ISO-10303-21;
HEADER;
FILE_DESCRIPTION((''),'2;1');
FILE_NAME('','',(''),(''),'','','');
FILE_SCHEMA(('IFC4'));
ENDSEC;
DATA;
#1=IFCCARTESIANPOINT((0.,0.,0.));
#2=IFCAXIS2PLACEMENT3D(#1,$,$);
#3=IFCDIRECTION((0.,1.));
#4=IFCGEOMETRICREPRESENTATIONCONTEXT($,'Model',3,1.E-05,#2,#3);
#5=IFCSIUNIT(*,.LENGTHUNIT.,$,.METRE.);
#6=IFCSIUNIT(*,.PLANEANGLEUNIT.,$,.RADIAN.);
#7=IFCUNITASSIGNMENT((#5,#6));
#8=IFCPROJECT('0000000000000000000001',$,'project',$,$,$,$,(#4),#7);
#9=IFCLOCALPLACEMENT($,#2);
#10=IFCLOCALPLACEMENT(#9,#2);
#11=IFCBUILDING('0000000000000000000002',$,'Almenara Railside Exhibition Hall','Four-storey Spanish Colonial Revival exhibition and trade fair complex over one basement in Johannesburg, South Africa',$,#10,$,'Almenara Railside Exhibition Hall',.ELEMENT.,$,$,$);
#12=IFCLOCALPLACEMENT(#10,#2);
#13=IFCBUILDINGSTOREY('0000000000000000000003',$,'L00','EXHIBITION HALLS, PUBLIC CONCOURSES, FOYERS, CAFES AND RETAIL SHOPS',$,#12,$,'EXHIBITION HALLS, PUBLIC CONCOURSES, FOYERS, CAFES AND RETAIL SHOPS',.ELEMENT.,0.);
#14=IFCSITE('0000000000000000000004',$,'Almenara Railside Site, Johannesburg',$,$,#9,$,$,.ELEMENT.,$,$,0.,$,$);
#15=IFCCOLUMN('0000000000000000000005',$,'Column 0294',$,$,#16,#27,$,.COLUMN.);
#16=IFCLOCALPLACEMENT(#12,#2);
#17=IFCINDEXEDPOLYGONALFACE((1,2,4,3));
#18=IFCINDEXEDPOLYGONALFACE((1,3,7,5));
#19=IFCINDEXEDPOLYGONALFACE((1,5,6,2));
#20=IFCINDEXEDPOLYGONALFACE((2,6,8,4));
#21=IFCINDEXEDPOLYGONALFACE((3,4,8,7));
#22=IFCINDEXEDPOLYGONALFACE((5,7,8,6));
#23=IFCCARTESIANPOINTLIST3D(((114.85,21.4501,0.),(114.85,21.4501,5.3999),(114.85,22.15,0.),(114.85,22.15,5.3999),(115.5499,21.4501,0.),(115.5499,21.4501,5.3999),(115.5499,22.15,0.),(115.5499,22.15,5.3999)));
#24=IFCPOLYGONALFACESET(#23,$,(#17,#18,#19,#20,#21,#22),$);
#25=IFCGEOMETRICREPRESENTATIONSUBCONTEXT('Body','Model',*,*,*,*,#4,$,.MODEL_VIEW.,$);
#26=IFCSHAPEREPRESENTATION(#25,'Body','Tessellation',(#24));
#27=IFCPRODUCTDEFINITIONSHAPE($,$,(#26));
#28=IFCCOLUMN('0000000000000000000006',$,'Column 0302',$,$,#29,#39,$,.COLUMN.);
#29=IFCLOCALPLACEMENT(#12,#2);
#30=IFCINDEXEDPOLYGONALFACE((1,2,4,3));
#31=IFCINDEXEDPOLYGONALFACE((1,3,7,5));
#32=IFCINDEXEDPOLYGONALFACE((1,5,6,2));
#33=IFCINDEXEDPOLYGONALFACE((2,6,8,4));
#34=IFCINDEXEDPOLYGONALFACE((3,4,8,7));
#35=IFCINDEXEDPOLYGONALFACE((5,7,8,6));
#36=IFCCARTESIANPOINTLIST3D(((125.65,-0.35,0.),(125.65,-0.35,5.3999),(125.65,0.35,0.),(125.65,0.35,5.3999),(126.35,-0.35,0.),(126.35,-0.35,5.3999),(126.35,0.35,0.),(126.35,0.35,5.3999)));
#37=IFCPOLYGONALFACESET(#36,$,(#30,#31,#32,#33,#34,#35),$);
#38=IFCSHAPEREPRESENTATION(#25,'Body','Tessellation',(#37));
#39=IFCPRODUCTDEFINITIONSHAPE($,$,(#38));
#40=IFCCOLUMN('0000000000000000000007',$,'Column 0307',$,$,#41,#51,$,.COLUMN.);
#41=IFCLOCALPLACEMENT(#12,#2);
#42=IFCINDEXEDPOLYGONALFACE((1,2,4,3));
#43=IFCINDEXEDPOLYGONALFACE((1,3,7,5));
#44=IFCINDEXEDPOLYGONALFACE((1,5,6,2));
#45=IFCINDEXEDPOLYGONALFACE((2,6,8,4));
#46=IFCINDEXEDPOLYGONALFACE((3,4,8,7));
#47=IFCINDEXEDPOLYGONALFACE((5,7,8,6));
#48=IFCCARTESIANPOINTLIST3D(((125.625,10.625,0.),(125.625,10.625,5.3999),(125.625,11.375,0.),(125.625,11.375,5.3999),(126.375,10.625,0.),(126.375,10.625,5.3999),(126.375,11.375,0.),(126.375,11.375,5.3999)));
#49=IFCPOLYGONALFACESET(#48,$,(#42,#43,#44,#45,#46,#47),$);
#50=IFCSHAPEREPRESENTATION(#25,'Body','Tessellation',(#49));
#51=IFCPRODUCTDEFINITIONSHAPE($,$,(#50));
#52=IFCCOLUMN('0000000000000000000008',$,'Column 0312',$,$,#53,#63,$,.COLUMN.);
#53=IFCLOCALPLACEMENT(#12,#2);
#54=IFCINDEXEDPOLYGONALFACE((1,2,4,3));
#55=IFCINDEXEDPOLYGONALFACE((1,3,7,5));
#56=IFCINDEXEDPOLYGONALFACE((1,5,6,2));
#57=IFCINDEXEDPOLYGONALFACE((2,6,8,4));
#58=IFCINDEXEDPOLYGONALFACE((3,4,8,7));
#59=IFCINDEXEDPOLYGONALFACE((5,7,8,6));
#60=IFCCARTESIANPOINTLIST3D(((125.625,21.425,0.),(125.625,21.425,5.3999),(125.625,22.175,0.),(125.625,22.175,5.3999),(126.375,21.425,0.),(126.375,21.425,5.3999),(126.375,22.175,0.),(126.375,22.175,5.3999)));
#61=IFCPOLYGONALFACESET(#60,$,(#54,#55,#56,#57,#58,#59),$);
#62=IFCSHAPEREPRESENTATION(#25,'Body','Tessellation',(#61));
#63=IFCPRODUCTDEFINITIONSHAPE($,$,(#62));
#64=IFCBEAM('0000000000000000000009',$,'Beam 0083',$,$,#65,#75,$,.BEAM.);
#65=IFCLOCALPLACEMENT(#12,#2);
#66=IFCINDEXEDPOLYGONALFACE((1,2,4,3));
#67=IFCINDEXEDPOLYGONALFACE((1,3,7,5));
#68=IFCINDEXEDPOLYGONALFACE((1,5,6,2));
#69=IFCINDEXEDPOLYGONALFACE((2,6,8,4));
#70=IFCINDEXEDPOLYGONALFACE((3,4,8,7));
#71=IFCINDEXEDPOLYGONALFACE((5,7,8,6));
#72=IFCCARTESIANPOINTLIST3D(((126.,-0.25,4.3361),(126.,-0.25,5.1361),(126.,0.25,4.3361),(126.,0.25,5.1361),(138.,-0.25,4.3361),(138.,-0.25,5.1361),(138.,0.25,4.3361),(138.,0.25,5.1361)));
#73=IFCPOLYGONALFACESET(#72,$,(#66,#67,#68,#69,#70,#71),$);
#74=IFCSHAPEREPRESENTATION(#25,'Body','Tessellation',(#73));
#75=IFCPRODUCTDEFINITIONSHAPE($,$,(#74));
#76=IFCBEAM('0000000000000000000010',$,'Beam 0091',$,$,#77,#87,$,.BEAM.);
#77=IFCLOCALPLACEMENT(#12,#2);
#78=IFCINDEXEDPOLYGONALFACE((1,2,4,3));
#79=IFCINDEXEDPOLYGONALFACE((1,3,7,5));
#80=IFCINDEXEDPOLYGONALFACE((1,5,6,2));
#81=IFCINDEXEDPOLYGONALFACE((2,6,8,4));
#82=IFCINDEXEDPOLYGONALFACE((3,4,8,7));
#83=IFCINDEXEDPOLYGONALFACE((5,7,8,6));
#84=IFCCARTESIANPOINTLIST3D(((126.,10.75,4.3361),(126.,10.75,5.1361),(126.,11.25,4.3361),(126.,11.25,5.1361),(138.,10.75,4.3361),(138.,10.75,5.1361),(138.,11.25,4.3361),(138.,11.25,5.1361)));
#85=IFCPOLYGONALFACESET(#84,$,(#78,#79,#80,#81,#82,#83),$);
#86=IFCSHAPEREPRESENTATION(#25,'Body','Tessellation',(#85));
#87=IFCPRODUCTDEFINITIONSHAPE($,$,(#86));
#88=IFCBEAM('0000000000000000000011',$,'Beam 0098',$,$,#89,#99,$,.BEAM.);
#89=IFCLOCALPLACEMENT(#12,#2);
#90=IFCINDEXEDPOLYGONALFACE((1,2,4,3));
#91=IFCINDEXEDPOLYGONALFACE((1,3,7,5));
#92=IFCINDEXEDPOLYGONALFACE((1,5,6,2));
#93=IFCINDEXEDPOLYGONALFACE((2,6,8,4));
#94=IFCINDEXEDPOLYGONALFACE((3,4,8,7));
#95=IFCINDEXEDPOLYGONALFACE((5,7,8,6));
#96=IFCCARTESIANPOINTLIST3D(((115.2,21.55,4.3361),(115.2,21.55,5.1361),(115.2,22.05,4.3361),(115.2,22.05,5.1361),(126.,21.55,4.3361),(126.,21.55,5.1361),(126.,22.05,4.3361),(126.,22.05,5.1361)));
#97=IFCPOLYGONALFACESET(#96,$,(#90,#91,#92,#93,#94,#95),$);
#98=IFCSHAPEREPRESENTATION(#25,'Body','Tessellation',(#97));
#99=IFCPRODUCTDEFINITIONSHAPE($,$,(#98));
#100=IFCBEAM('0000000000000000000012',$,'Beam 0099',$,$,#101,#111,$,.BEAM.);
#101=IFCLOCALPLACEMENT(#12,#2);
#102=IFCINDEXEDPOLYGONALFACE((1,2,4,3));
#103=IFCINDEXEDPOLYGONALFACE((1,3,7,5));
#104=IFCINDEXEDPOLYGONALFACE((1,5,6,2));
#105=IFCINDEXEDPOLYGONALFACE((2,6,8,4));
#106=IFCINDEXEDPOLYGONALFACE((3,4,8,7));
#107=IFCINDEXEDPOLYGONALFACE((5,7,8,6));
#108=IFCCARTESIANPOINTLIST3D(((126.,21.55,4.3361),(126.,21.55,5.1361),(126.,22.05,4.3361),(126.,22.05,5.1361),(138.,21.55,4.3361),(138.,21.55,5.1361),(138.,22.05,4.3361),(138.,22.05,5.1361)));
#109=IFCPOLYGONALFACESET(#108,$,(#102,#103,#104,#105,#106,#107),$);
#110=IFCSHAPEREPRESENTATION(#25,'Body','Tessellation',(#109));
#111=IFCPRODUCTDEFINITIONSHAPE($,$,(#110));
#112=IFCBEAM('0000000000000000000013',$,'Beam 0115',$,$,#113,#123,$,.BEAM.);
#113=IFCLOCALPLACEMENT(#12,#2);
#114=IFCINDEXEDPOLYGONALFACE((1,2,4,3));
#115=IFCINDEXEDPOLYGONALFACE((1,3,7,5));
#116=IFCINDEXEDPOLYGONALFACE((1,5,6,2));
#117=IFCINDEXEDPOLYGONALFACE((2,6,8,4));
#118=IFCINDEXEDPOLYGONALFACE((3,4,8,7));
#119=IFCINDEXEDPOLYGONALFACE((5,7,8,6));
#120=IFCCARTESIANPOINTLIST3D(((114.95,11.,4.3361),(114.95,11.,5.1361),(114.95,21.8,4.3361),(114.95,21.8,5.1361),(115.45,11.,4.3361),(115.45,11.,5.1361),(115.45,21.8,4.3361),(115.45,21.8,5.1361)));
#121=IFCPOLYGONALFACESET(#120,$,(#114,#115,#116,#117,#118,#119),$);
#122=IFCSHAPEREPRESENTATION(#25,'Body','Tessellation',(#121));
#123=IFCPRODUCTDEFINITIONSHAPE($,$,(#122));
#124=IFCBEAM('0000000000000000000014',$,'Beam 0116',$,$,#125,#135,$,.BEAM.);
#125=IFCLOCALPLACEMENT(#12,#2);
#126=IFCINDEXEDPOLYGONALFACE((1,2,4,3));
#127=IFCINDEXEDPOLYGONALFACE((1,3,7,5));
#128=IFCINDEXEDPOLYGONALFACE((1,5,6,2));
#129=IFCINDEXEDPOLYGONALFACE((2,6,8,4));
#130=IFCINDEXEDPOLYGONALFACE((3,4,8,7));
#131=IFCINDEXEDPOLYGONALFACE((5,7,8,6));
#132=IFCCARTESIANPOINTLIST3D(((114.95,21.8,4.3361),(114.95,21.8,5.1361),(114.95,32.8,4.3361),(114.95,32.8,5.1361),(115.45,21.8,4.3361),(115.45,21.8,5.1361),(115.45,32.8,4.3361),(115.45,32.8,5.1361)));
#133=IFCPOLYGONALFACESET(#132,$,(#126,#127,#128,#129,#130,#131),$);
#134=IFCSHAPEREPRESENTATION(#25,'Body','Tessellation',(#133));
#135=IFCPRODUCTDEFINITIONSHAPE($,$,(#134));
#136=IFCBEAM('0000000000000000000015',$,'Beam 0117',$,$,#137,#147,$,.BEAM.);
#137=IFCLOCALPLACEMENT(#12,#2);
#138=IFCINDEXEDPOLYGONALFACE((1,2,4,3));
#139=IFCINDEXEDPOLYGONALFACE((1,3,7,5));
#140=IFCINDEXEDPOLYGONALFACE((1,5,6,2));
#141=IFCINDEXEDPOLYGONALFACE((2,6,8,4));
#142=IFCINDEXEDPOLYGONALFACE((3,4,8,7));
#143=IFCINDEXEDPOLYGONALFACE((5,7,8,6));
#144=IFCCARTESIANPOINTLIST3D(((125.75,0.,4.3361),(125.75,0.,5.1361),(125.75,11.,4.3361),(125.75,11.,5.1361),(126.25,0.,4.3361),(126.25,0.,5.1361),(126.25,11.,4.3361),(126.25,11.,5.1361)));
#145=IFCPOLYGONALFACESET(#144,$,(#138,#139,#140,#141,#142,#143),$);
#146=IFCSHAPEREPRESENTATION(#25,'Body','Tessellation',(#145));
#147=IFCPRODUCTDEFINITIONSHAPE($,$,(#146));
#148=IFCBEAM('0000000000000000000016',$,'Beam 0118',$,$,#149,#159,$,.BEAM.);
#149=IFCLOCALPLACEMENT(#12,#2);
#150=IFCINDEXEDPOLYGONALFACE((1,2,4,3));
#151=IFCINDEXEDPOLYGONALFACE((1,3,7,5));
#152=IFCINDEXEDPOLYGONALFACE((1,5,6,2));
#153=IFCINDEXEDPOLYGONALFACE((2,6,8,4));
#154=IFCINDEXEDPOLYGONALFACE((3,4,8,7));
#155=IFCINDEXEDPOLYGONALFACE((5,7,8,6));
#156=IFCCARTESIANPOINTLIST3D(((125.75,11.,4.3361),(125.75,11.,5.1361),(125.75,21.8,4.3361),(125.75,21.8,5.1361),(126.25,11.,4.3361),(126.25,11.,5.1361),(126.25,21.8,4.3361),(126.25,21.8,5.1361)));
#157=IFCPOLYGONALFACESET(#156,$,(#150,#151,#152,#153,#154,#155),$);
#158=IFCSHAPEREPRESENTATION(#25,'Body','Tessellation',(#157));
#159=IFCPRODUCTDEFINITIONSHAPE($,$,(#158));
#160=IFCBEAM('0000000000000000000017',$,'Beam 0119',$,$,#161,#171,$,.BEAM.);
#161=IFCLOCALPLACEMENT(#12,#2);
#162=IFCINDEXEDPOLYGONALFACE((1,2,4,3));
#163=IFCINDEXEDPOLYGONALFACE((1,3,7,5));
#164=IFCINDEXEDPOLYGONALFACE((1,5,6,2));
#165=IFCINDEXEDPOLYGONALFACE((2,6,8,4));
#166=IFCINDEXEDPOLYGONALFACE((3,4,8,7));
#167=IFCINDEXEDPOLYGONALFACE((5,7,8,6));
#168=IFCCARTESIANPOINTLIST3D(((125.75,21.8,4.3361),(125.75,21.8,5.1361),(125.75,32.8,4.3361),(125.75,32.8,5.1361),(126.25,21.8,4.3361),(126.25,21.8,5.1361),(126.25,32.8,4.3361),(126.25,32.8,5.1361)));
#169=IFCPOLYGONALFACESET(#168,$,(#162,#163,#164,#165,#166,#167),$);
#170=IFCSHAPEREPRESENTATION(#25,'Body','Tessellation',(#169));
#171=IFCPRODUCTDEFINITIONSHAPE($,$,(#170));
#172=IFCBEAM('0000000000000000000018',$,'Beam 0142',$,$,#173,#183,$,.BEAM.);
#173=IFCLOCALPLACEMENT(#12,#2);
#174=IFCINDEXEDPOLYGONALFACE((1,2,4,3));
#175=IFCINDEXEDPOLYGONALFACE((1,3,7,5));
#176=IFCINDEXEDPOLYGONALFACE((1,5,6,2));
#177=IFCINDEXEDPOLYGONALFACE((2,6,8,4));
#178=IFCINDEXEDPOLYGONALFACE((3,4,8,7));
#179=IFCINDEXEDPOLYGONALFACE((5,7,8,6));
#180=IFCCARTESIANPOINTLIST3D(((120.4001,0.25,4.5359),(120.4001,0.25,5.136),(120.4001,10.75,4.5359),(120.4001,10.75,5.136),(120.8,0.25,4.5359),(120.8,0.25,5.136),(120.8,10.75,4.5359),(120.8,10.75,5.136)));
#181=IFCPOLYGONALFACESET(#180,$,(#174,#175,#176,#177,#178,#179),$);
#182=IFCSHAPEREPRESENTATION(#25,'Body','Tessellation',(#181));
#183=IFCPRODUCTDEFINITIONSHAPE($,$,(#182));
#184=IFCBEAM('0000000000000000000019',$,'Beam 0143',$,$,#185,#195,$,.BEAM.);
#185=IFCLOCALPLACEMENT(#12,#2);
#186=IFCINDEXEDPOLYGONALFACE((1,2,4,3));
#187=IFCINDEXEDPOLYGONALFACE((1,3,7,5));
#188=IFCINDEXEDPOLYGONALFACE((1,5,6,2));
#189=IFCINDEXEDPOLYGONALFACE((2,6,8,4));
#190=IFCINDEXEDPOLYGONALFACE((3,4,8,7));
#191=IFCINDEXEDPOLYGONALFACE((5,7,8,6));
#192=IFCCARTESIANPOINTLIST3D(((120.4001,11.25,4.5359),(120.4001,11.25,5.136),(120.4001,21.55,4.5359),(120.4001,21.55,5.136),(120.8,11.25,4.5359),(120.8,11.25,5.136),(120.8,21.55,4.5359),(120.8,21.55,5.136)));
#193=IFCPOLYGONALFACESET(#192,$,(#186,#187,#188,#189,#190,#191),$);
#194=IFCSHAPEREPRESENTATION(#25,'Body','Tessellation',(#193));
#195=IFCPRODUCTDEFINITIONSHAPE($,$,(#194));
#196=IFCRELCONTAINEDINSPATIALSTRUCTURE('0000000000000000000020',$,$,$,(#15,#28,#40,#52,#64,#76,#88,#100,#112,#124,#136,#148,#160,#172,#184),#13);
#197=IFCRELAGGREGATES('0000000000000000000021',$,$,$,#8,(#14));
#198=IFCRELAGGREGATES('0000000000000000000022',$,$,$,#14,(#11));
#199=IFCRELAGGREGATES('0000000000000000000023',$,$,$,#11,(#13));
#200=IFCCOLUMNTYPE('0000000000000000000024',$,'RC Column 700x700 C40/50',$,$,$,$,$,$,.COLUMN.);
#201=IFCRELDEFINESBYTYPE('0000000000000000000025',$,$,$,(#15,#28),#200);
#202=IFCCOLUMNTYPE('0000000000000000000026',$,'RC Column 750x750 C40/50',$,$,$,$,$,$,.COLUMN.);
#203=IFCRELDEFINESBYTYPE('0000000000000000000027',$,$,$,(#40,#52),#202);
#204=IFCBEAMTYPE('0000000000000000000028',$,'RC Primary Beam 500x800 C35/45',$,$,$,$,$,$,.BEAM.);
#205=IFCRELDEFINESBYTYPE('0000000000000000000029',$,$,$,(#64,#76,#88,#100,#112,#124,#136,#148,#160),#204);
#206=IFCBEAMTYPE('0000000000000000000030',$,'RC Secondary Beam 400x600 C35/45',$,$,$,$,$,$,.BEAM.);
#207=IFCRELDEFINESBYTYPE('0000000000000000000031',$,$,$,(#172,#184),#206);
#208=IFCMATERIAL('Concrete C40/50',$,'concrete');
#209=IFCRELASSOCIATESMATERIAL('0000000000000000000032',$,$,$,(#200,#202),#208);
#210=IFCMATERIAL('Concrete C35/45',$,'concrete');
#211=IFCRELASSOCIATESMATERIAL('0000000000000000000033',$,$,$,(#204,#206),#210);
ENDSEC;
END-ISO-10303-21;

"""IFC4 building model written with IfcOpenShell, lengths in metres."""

from ifc_helpers import new_model, si_unit, direction, frame, origin, origin_2d, place, context, subcontext, project, spatial, rectangle, extrude, material, material_profile, profile_set, type_object, element, save


model = new_model("IFC4")

# Units and contexts
model_context = context("Model", 3, precision=1e-05, world=origin(), true_north=direction((0.0, 1.0)))
body_context = subcontext(model_context, "Body", "Model", "MODEL_VIEW")
ifc_project = project(units=[si_unit("LENGTHUNIT", "METRE"), si_unit("PLANEANGLEUNIT", "RADIAN")], contexts=[model_context])

# Site, building, storey
site_placement = place(None, origin())
site = spatial("IfcSite", under=ifc_project, at=site_placement, Name="Almenara Railside Site, Johannesburg", CompositionType="ELEMENT", RefElevation=0.0)
building_placement = place(site_placement, origin())
building = spatial("IfcBuilding", under=site, at=building_placement, Name="Almenara Railside Exhibition Hall", Description="Four-storey Spanish Colonial Revival exhibition and trade fair complex over one basement in Johannesburg, South Africa", LongName="Almenara Railside Exhibition Hall", CompositionType="ELEMENT")
storey_placement = place(building_placement, origin())
storey = spatial("IfcBuildingStorey", under=building, at=storey_placement, Name="L00", Description="EXHIBITION HALLS, PUBLIC CONCOURSES, FOYERS, CAFES AND RETAIL SHOPS", LongName="EXHIBITION HALLS, PUBLIC CONCOURSES, FOYERS, CAFES AND RETAIL SHOPS", CompositionType="ELEMENT", Elevation=0.0)

# Columns
ifc_material_1 = material(Name="Concrete C40/50", Category="concrete")
ifc_material_profile_1 = material_profile(ifc_material_1, rectangle(XDim=0.7, YDim=0.7, at=origin_2d()), Name="RC 700x700")
ifc_profile_set_1 = profile_set([ifc_material_profile_1], Name="Concrete C40/50")
column_type_1 = type_object("IfcColumnType", Name="RC Column 700x700 C40/50", PredefinedType="COLUMN", material=ifc_profile_set_1)
for number, where, z_axis, x_axis, name in (
    (1, (115.2, 21.8, 0.0), (0.0, 0.0, 1.0), (1.0, 0.0, 0.0), "Column 0294"),
    (2, (126.0, 0.0, 0.0), (0.0, 0.0, 1.0), (1.0, 0.0, 0.0), "Column 0302"),
):
    element("IfcColumn", number, at=place(storey_placement, frame(where, z_axis=z_axis, x_axis=x_axis)), inside=storey, type_object=column_type_1, Name=name, PredefinedType="COLUMN", context=body_context, shape_type="SweptSolid", body=[
        extrude(rectangle(XDim=0.7, YDim=0.7, at=origin_2d()), origin(), (0.0, 0.0, 1.0), 5.3999),
    ])
ifc_material_profile_2 = material_profile(ifc_material_1, rectangle(XDim=0.75, YDim=0.75, at=origin_2d()), Name="RC 750x750")
ifc_profile_set_2 = profile_set([ifc_material_profile_2], Name="Concrete C40/50")
column_type_2 = type_object("IfcColumnType", Name="RC Column 750x750 C40/50", PredefinedType="COLUMN", material=ifc_profile_set_2)
for number, where, z_axis, x_axis, name in (
    (3, (126.0, 11.0, 0.0), (0.0, 0.0, 1.0), (1.0, 0.0, 0.0), "Column 0307"),
    (4, (126.0, 21.8, 0.0), (0.0, 0.0, 1.0), (1.0, 0.0, 0.0), "Column 0312"),
):
    element("IfcColumn", number, at=place(storey_placement, frame(where, z_axis=z_axis, x_axis=x_axis)), inside=storey, type_object=column_type_2, Name=name, PredefinedType="COLUMN", context=body_context, shape_type="SweptSolid", body=[
        extrude(rectangle(XDim=0.75, YDim=0.75, at=origin_2d()), origin(), (0.0, 0.0, 1.0), 5.3999),
    ])

# Beams
ifc_material_2 = material(Name="Concrete C35/45", Category="concrete")
ifc_material_profile_3 = material_profile(ifc_material_2, rectangle(XDim=0.5, YDim=0.8, at=origin_2d()), Name="RC 500x800")
ifc_profile_set_3 = profile_set([ifc_material_profile_3], Name="Concrete C35/45")
beam_type_1 = type_object("IfcBeamType", Name="RC Primary Beam 500x800 C35/45", PredefinedType="BEAM", material=ifc_profile_set_3)
for number, where, z_axis, x_axis, name in (
    (5, (126.0, 0.0, 4.7361), (1.0, 0.0, 0.0), (0.0, 1.0, 0.0), "Beam 0083"),
    (6, (126.0, 11.0, 4.7361), (1.0, 0.0, 0.0), (0.0, 1.0, 0.0), "Beam 0091"),
):
    element("IfcBeam", number, at=place(storey_placement, frame(where, z_axis=z_axis, x_axis=x_axis)), inside=storey, type_object=beam_type_1, Name=name, PredefinedType="BEAM", context=body_context, shape_type="SweptSolid", body=[
        extrude(rectangle(XDim=0.5, YDim=0.8, at=origin_2d()), origin(), (0.0, 0.0, 1.0), 12.0),
    ])
beam_1_placement = place(storey_placement, frame((115.2, 21.8, 4.7361), z_axis=(1.0, 0.0, 0.0), x_axis=(0.0, 1.0, 0.0)))
element("IfcBeam", 7, at=beam_1_placement, inside=storey, type_object=beam_type_1, Name="Beam 0098", PredefinedType="BEAM", context=body_context, shape_type="SweptSolid", body=[
    extrude(rectangle(XDim=0.5, YDim=0.8, at=origin_2d()), origin(), (0.0, 0.0, 1.0), 10.8),
])
beam_2_placement = place(storey_placement, frame((126.0, 21.8, 4.7361), z_axis=(1.0, 0.0, 0.0), x_axis=(0.0, 1.0, 0.0)))
element("IfcBeam", 8, at=beam_2_placement, inside=storey, type_object=beam_type_1, Name="Beam 0099", PredefinedType="BEAM", context=body_context, shape_type="SweptSolid", body=[
    extrude(rectangle(XDim=0.5, YDim=0.8, at=origin_2d()), origin(), (0.0, 0.0, 1.0), 12.0),
])
beam_3_placement = place(storey_placement, frame((115.2, 11.0, 4.7361), z_axis=(0.0, 1.0, 0.0), x_axis=(-1.0, 0.0, 0.0)))
element("IfcBeam", 9, at=beam_3_placement, inside=storey, type_object=beam_type_1, Name="Beam 0115", PredefinedType="BEAM", context=body_context, shape_type="SweptSolid", body=[
    extrude(rectangle(XDim=0.5, YDim=0.8, at=origin_2d()), origin(), (0.0, 0.0, 1.0), 10.8),
])
for number, where, z_axis, x_axis, name in (
    (10, (115.2, 21.8, 4.7361), (0.0, 1.0, 0.0), (-1.0, 0.0, 0.0), "Beam 0116"),
    (11, (126.0, 0.0, 4.7361), (0.0, 1.0, 0.0), (-1.0, 0.0, 0.0), "Beam 0117"),
):
    element("IfcBeam", number, at=place(storey_placement, frame(where, z_axis=z_axis, x_axis=x_axis)), inside=storey, type_object=beam_type_1, Name=name, PredefinedType="BEAM", context=body_context, shape_type="SweptSolid", body=[
        extrude(rectangle(XDim=0.5, YDim=0.8, at=origin_2d()), origin(), (0.0, 0.0, 1.0), 11.0),
    ])
beam_4_placement = place(storey_placement, frame((126.0, 11.0, 4.7361), z_axis=(0.0, 1.0, 0.0), x_axis=(-1.0, 0.0, 0.0)))
element("IfcBeam", 12, at=beam_4_placement, inside=storey, type_object=beam_type_1, Name="Beam 0118", PredefinedType="BEAM", context=body_context, shape_type="SweptSolid", body=[
    extrude(rectangle(XDim=0.5, YDim=0.8, at=origin_2d()), origin(), (0.0, 0.0, 1.0), 10.8),
])
beam_5_placement = place(storey_placement, frame((126.0, 21.8, 4.7361), z_axis=(0.0, 1.0, 0.0), x_axis=(-1.0, 0.0, 0.0)))
element("IfcBeam", 13, at=beam_5_placement, inside=storey, type_object=beam_type_1, Name="Beam 0119", PredefinedType="BEAM", context=body_context, shape_type="SweptSolid", body=[
    extrude(rectangle(XDim=0.5, YDim=0.8, at=origin_2d()), origin(), (0.0, 0.0, 1.0), 11.0),
])
ifc_material_profile_4 = material_profile(ifc_material_2, rectangle(XDim=0.3999, YDim=0.6001, at=origin_2d()), Name="RC 400x600")
ifc_profile_set_4 = profile_set([ifc_material_profile_4], Name="Concrete C35/45")
beam_type_2 = type_object("IfcBeamType", Name="RC Secondary Beam 400x600 C35/45", PredefinedType="BEAM", material=ifc_profile_set_4)
beam_6_placement = place(storey_placement, frame((120.6001, 0.25, 4.8359), z_axis=(0.0, 1.0, 0.0), x_axis=(-1.0, 0.0, 0.0)))
element("IfcBeam", 14, at=beam_6_placement, inside=storey, type_object=beam_type_2, Name="Beam 0142", PredefinedType="BEAM", context=body_context, shape_type="SweptSolid", body=[
    extrude(rectangle(XDim=0.3999, YDim=0.6001, at=origin_2d()), origin(), (0.0, 0.0, 1.0), 10.5),
])
beam_7_placement = place(storey_placement, frame((120.6001, 11.25, 4.8359), z_axis=(0.0, 1.0, 0.0), x_axis=(-1.0, 0.0, 0.0)))
element("IfcBeam", 15, at=beam_7_placement, inside=storey, type_object=beam_type_2, Name="Beam 0143", PredefinedType="BEAM", context=body_context, shape_type="SweptSolid", body=[
    extrude(rectangle(XDim=0.3999, YDim=0.6001, at=origin_2d()), origin(), (0.0, 0.0, 1.0), 10.3),
])

save(model, "model.ifc")
